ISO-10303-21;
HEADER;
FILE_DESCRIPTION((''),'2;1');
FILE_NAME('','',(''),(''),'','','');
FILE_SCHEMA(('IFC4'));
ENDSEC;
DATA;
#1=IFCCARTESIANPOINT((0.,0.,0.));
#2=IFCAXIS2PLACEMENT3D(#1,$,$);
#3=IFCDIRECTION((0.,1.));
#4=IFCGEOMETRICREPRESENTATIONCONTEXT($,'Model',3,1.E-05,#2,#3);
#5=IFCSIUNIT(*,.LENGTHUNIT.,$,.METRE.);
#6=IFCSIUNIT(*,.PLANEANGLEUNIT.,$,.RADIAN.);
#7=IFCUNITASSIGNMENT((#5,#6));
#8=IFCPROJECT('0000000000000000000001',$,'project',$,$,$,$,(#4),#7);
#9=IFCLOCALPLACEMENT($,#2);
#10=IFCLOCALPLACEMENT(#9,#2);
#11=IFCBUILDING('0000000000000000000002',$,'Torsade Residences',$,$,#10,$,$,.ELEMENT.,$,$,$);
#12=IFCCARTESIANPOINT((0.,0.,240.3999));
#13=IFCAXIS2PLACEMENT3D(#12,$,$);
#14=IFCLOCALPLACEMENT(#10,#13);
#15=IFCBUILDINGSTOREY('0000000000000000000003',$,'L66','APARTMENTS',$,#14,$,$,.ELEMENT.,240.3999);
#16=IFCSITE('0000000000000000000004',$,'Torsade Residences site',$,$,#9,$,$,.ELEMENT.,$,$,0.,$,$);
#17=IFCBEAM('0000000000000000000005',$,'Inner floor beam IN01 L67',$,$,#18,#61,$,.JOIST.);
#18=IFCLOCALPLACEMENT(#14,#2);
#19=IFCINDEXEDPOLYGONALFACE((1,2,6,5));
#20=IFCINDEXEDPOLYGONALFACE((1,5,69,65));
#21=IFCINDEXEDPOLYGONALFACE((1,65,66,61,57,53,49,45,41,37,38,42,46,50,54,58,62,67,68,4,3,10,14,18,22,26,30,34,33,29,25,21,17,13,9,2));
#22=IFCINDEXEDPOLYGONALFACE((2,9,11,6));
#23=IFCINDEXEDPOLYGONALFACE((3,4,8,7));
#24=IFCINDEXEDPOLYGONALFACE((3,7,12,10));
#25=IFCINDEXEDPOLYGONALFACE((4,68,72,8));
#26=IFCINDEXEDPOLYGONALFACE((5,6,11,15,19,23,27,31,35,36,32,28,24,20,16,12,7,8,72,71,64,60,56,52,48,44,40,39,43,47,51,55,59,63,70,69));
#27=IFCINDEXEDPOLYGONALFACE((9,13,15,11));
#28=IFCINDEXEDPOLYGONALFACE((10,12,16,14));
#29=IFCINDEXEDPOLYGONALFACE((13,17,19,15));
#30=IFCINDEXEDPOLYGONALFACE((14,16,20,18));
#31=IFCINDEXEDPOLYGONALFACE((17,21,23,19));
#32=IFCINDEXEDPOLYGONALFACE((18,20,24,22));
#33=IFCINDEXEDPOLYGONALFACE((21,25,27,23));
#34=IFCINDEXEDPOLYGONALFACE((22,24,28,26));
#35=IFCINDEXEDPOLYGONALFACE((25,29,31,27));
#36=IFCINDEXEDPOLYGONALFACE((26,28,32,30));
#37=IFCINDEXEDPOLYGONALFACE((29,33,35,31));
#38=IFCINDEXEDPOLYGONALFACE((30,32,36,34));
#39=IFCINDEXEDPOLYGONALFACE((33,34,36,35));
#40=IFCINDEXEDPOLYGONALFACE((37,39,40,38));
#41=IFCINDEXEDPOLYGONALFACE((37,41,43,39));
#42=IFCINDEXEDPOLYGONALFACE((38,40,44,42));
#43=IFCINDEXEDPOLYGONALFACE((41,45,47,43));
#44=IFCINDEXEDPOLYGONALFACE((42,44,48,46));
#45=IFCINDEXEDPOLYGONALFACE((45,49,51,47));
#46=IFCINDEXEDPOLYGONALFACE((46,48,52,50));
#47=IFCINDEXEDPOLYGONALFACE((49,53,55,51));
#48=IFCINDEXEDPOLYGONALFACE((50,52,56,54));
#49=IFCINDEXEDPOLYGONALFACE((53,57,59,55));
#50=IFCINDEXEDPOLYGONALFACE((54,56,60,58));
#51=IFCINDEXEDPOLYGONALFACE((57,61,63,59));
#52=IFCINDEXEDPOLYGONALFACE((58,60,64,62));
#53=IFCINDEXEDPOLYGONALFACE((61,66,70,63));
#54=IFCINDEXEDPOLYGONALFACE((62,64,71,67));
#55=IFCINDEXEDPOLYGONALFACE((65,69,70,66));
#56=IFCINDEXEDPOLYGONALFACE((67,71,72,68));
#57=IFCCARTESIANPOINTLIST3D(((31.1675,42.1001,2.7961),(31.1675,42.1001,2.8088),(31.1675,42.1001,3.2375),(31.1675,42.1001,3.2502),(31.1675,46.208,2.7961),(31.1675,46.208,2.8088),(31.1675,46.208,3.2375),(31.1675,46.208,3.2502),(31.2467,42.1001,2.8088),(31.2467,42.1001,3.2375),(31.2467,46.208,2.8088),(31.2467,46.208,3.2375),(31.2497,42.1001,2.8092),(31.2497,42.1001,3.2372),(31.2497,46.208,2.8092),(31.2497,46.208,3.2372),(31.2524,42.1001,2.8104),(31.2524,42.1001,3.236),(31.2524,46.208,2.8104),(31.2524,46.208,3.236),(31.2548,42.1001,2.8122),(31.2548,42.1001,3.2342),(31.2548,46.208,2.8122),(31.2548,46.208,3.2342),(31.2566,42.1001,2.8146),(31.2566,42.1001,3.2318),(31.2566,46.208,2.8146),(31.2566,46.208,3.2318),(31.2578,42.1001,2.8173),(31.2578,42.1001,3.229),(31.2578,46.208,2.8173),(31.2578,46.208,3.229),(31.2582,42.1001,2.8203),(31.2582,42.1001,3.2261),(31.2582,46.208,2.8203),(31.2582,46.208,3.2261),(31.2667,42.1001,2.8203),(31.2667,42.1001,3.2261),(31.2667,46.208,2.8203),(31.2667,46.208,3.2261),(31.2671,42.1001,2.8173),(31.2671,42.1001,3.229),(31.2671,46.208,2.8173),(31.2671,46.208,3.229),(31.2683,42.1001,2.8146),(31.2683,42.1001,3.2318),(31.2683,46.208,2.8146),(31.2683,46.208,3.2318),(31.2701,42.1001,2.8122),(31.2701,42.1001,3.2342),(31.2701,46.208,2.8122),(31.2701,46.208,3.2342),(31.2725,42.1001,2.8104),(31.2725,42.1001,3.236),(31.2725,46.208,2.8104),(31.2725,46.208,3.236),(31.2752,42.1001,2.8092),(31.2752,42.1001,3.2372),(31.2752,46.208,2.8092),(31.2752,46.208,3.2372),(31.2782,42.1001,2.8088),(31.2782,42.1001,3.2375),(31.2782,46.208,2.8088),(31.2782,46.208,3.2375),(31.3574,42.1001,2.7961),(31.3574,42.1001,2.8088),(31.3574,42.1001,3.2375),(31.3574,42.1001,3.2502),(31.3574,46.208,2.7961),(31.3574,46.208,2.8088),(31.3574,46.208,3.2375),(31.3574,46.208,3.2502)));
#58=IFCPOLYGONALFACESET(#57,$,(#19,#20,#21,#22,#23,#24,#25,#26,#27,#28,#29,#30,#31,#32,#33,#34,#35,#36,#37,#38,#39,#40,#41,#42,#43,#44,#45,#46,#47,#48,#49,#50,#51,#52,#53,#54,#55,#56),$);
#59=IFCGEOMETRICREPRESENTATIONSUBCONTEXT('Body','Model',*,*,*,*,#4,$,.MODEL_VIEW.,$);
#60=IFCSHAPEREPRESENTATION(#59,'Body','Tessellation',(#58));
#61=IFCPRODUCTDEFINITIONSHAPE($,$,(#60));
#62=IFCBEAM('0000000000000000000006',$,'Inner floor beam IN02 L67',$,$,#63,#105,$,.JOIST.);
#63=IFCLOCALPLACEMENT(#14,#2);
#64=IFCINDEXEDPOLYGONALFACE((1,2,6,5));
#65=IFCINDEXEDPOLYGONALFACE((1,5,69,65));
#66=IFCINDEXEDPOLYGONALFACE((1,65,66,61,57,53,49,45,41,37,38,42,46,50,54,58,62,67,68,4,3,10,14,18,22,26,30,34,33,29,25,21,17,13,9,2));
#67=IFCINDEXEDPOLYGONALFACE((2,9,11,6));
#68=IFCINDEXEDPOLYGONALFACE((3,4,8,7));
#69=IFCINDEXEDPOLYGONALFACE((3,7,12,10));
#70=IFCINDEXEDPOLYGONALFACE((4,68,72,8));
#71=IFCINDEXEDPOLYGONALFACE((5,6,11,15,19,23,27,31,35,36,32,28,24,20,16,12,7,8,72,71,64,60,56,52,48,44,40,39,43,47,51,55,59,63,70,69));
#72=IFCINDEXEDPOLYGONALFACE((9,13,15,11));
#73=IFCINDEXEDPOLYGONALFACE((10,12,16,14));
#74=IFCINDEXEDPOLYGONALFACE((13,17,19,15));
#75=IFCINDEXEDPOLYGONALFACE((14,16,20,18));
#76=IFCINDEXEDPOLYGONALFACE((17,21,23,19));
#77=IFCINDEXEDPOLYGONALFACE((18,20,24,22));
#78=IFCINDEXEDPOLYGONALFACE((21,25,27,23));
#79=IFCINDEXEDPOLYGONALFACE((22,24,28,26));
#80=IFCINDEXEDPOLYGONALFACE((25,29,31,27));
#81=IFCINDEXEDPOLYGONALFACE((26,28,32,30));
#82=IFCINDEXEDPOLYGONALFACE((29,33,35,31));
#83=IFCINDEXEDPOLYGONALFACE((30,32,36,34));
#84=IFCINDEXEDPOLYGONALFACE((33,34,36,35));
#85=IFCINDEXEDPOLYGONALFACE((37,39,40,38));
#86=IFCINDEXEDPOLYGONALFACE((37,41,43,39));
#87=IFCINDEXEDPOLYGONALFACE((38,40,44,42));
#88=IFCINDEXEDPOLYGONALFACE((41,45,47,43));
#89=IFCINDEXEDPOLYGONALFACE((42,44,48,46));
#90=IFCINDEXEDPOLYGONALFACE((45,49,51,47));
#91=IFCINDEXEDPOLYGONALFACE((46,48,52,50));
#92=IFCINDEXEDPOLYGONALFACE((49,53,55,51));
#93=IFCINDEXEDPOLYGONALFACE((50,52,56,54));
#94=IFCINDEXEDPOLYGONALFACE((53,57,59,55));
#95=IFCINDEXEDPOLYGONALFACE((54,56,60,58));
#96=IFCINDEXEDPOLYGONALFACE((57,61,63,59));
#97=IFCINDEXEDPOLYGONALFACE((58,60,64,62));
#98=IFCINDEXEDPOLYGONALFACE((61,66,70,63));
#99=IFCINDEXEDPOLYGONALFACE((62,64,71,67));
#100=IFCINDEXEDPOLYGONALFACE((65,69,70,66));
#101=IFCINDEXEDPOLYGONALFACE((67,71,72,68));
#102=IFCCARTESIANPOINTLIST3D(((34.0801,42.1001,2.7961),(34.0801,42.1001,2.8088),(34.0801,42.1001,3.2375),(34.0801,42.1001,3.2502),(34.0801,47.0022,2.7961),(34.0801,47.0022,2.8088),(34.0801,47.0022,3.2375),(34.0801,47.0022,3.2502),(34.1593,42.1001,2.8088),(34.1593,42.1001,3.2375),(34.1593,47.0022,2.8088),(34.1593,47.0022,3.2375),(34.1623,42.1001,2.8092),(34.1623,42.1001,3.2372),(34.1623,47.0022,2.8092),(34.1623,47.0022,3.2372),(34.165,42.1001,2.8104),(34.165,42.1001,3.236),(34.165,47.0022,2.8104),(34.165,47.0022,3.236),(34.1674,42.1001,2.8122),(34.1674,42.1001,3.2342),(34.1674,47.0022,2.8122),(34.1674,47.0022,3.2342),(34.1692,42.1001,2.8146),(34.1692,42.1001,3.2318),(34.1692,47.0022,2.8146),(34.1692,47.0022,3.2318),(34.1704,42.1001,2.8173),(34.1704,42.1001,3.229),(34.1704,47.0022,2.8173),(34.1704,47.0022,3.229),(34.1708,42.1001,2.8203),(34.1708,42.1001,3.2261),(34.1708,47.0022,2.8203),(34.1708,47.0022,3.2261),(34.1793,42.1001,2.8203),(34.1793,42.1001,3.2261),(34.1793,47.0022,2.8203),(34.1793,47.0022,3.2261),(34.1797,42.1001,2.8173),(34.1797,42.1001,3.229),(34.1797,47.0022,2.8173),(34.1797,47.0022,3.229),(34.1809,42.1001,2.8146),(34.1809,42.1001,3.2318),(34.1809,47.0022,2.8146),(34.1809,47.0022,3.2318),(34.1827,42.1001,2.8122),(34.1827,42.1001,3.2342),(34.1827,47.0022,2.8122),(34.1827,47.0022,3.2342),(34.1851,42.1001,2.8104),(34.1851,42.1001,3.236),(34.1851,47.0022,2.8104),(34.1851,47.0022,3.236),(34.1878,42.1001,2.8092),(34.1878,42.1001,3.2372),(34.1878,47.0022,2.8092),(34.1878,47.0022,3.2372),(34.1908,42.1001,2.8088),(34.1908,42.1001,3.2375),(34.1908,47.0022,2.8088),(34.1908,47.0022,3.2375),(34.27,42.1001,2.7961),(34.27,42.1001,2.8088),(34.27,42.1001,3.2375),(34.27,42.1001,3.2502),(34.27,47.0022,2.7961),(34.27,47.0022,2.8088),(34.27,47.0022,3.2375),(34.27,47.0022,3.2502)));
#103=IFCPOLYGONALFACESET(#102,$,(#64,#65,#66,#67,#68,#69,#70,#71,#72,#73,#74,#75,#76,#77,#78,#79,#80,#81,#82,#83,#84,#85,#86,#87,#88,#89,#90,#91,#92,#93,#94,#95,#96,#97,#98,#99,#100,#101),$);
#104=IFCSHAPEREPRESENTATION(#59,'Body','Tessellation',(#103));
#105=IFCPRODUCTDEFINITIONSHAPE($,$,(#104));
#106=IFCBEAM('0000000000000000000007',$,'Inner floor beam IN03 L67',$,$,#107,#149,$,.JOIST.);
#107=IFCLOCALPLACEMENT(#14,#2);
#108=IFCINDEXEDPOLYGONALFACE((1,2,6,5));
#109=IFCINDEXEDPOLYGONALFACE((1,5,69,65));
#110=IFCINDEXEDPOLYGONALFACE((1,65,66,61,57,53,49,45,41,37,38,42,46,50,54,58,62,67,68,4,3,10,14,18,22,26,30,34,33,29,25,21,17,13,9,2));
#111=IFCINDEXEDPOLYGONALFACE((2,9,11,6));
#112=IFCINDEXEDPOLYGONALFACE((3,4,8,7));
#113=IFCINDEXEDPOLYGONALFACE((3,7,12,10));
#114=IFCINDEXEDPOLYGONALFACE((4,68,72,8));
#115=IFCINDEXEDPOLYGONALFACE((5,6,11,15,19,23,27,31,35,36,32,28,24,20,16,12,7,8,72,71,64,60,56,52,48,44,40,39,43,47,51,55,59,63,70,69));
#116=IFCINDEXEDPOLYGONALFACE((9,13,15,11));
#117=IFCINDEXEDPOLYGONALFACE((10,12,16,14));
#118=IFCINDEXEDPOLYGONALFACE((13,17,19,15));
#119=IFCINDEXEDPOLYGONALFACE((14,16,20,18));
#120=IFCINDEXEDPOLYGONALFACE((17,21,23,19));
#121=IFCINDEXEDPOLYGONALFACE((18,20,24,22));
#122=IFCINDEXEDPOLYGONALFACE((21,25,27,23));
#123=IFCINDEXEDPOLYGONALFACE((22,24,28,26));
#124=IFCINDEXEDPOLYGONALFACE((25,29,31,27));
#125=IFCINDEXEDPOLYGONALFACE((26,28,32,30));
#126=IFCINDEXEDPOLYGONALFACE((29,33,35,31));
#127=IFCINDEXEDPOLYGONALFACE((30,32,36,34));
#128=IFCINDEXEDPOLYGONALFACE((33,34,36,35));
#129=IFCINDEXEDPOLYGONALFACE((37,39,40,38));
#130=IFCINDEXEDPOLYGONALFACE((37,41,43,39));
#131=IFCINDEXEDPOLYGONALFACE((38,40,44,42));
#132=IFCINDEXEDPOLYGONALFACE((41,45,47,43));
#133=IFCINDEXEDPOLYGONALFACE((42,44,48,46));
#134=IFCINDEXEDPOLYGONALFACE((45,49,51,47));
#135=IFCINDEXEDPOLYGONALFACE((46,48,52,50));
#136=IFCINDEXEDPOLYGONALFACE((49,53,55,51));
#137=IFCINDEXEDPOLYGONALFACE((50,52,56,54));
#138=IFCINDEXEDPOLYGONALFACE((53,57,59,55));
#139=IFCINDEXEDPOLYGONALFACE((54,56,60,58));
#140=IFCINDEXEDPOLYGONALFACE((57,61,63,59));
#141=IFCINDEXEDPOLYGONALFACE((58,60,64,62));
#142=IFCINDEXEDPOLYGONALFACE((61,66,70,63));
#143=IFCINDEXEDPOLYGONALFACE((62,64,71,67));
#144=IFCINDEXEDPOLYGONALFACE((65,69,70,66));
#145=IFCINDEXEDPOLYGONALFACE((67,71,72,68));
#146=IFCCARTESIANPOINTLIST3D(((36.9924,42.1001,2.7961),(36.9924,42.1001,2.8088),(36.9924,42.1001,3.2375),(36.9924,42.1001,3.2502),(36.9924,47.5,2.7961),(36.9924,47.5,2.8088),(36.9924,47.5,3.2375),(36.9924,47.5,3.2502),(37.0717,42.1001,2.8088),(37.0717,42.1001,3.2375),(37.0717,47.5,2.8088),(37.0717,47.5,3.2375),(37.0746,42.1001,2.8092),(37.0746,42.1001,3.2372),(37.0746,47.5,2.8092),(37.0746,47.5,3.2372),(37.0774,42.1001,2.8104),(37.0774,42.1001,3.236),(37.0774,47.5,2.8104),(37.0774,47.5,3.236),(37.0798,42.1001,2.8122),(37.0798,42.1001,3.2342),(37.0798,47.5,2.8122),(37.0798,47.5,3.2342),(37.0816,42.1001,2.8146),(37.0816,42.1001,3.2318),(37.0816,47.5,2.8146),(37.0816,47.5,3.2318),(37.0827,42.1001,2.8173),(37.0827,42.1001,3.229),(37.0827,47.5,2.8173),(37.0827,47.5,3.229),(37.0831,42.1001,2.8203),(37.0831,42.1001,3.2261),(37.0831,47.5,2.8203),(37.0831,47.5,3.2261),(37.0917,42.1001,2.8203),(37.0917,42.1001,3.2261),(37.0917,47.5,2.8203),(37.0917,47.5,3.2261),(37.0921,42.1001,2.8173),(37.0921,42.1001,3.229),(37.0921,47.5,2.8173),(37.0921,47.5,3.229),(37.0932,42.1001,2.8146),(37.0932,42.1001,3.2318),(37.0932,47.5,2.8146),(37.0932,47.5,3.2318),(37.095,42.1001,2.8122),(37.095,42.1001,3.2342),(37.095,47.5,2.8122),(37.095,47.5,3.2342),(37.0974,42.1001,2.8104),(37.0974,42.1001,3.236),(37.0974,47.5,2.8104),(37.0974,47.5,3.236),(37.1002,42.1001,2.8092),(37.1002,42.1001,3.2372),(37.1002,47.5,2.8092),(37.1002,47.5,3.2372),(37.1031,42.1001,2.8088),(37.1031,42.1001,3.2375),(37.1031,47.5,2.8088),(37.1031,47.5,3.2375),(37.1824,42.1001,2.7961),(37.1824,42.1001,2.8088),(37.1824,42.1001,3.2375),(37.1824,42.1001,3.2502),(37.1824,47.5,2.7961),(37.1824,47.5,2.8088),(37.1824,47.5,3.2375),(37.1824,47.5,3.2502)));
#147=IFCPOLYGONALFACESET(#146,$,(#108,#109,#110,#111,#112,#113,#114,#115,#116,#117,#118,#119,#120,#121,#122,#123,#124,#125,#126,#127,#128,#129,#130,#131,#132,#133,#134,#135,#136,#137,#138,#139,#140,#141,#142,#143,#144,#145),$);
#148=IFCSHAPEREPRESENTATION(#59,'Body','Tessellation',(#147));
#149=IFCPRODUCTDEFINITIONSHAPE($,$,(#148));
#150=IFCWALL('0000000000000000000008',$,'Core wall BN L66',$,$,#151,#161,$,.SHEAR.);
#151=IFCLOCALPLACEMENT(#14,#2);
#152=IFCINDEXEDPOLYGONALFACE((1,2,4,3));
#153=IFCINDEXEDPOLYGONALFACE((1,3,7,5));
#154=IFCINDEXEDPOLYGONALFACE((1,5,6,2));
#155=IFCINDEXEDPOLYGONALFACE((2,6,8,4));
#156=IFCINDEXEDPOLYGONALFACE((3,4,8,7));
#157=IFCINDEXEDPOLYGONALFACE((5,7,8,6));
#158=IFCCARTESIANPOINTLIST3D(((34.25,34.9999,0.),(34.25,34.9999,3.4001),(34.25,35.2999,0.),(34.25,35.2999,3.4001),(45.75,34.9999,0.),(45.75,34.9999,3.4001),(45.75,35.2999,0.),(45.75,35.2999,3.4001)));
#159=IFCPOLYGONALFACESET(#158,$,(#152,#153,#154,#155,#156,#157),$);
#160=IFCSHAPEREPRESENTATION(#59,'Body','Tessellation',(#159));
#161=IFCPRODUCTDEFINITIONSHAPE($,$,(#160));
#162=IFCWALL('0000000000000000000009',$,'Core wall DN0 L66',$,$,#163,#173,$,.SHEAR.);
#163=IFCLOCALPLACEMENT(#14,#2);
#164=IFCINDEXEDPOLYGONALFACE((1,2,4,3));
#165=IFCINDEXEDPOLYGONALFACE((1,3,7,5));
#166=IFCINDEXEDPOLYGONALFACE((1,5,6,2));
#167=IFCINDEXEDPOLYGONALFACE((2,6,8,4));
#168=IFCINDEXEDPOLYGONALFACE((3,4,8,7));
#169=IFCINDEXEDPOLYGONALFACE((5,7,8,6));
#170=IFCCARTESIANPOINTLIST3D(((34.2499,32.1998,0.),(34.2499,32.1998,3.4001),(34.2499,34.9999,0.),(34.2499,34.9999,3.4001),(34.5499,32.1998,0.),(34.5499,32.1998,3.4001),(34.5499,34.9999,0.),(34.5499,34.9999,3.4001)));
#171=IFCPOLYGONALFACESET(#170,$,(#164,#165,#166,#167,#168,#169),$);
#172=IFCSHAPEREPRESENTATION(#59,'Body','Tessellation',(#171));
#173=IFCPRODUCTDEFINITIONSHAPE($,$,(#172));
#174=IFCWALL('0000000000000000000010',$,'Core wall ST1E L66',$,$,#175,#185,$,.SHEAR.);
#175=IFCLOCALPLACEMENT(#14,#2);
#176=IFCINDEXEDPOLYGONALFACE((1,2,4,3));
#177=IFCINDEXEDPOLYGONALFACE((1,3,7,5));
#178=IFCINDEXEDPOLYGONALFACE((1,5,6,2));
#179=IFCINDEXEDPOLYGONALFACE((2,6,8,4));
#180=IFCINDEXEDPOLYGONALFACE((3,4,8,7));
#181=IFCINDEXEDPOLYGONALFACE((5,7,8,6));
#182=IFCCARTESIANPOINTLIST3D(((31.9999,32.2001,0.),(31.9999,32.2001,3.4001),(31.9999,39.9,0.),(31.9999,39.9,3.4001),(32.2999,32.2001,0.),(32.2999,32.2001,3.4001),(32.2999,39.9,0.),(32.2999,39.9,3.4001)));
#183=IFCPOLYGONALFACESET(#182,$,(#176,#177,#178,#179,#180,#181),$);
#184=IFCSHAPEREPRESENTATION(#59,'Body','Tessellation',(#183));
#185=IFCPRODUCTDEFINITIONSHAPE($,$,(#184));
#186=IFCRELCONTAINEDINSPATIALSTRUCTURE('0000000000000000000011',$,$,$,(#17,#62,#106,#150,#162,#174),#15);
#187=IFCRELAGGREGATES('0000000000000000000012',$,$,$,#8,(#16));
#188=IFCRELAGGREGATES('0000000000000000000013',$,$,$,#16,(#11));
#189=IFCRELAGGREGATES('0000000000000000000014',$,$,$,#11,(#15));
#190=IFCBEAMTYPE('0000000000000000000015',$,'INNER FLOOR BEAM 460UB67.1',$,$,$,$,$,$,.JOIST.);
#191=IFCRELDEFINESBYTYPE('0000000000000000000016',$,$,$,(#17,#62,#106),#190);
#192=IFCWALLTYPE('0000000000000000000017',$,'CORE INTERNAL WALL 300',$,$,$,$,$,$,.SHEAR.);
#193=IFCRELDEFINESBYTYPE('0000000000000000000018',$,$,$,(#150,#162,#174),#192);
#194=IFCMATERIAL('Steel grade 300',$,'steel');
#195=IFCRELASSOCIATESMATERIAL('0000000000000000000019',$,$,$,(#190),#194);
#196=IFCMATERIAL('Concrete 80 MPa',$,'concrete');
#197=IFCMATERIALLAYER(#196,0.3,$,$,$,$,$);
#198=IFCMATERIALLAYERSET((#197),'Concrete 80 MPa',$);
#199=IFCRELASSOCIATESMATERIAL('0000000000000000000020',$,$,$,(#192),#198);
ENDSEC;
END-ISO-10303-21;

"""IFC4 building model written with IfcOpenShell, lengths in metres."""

from ifc_helpers import new_model, si_unit, direction, frame, frame_2d, origin, origin_2d, place, context, subcontext, project, spatial, rectangle, i_section, extrude, material, layer, layer_set, material_profile, profile_set, type_object, element, save


model = new_model("IFC4")

# Units and contexts
model_context = context("Model", 3, precision=1e-05, world=origin(), true_north=direction((0.0, 1.0)))
body_context = subcontext(model_context, "Body", "Model", "MODEL_VIEW")
ifc_project = project(units=[si_unit("LENGTHUNIT", "METRE"), si_unit("PLANEANGLEUNIT", "RADIAN")], contexts=[model_context])

# Site, building, storey
site_placement = place(None, origin())
site = spatial("IfcSite", under=ifc_project, at=site_placement, Name="Torsade Residences site", CompositionType="ELEMENT", RefElevation=0.0)
building_placement = place(site_placement, origin())
building = spatial("IfcBuilding", under=site, at=building_placement, Name="Torsade Residences", CompositionType="ELEMENT")
storey_placement = place(building_placement, frame((0.0, 0.0, 240.3999)))
storey = spatial("IfcBuildingStorey", under=building, at=storey_placement, Name="L66", Description="APARTMENTS", CompositionType="ELEMENT", Elevation=240.3999)

# Beams
ifc_material_1 = material(Name="Steel grade 300", Category="steel")
ifc_material_profile = material_profile(ifc_material_1, i_section(OverallWidth=0.1899, OverallDepth=0.4541, WebThickness=0.0085, FlangeThickness=0.0127, FilletRadius=0.0115, at=origin_2d()), Name="460UB67.1")
ifc_profile_set = profile_set([ifc_material_profile], Name="Steel grade 300")
beam_type = type_object("IfcBeamType", Name="INNER FLOOR BEAM 460UB67.1", PredefinedType="JOIST", material=ifc_profile_set)
beam_1_placement = place(storey_placement, frame((31.2625, 42.1001, 3.0232), z_axis=(0.0, 1.0, 0.0), x_axis=(-1.0, 0.0, 0.0)))
element("IfcBeam", 1, at=beam_1_placement, inside=storey, type_object=beam_type, Name="Inner floor beam IN01 L67", PredefinedType="JOIST", context=body_context, shape_type="SweptSolid", body=[
    extrude(i_section(OverallWidth=0.1899, OverallDepth=0.4541, WebThickness=0.0085, FlangeThickness=0.0127, FilletRadius=0.0115, at=origin_2d()), origin(), (0.0, 0.0, 1.0), 4.1079),
])
beam_2_placement = place(storey_placement, frame((34.175, 42.1001, 3.0232), z_axis=(0.0, 1.0, 0.0), x_axis=(-1.0, 0.0, 0.0)))
element("IfcBeam", 2, at=beam_2_placement, inside=storey, type_object=beam_type, Name="Inner floor beam IN02 L67", PredefinedType="JOIST", context=body_context, shape_type="SweptSolid", body=[
    extrude(i_section(OverallWidth=0.1899, OverallDepth=0.4541, WebThickness=0.0085, FlangeThickness=0.0127, FilletRadius=0.0115, at=origin_2d()), origin(), (0.0, 0.0, 1.0), 4.9021),
])
beam_3_placement = place(storey_placement, frame((37.0874, 42.1001, 3.0232), z_axis=(0.0, 1.0, 0.0), x_axis=(-1.0, 0.0, 0.0)))
element("IfcBeam", 3, at=beam_3_placement, inside=storey, type_object=beam_type, Name="Inner floor beam IN03 L67", PredefinedType="JOIST", context=body_context, shape_type="SweptSolid", body=[
    extrude(i_section(OverallWidth=0.1899, OverallDepth=0.4541, WebThickness=0.0085, FlangeThickness=0.0127, FilletRadius=0.0115, at=origin_2d()), origin(), (0.0, 0.0, 1.0), 5.3999),
])

# Walls
ifc_material_2 = material(Name="Concrete 80 MPa", Category="concrete")
ifc_layer_1 = layer(ifc_material_2, 0.3)
ifc_layer_set_1 = layer_set([ifc_layer_1], Name="Concrete 80 MPa")
wall_type_1 = type_object("IfcWallType", Name="CORE INTERNAL WALL 300", PredefinedType="SHEAR", material=ifc_layer_set_1)
wall_1_placement = place(storey_placement, frame((34.25, 35.1499, 0.0), z_axis=(0.0, 0.0, 1.0), x_axis=(1.0, 0.0, 0.0)))
element("IfcWall", 4, at=wall_1_placement, inside=storey, type_object=wall_type_1, Name="Core wall BN L66", PredefinedType="SHEAR", context=body_context, shape_type="SweptSolid", body=[
    extrude(rectangle(XDim=11.5, YDim=0.3, at=frame_2d((5.75, 0.0))), origin(), (0.0, 0.0, 1.0), 3.4001),
])
wall_2_placement = place(storey_placement, frame((34.3999, 32.2, 0.0), z_axis=(0.0, 0.0, 1.0), x_axis=(0.0, 1.0, 0.0)))
element("IfcWall", 5, at=wall_2_placement, inside=storey, type_object=wall_type_1, Name="Core wall DN0 L66", PredefinedType="SHEAR", context=body_context, shape_type="SweptSolid", body=[
    extrude(rectangle(XDim=2.8, YDim=0.3, at=frame_2d((1.3999, 0.0))), origin(), (0.0, 0.0, 1.0), 3.4001),
])
wall_3_placement = place(storey_placement, frame((32.1499, 32.2, 0.0), z_axis=(0.0, 0.0, 1.0), x_axis=(0.0, 1.0, 0.0)))
element("IfcWall", 6, at=wall_3_placement, inside=storey, type_object=wall_type_1, Name="Core wall ST1E L66", PredefinedType="SHEAR", context=body_context, shape_type="SweptSolid", body=[
    extrude(rectangle(XDim=7.7, YDim=0.3, at=frame_2d((3.8501, 0.0))), origin(), (0.0, 0.0, 1.0), 3.4001),
])

save(model, "model.ifc")
